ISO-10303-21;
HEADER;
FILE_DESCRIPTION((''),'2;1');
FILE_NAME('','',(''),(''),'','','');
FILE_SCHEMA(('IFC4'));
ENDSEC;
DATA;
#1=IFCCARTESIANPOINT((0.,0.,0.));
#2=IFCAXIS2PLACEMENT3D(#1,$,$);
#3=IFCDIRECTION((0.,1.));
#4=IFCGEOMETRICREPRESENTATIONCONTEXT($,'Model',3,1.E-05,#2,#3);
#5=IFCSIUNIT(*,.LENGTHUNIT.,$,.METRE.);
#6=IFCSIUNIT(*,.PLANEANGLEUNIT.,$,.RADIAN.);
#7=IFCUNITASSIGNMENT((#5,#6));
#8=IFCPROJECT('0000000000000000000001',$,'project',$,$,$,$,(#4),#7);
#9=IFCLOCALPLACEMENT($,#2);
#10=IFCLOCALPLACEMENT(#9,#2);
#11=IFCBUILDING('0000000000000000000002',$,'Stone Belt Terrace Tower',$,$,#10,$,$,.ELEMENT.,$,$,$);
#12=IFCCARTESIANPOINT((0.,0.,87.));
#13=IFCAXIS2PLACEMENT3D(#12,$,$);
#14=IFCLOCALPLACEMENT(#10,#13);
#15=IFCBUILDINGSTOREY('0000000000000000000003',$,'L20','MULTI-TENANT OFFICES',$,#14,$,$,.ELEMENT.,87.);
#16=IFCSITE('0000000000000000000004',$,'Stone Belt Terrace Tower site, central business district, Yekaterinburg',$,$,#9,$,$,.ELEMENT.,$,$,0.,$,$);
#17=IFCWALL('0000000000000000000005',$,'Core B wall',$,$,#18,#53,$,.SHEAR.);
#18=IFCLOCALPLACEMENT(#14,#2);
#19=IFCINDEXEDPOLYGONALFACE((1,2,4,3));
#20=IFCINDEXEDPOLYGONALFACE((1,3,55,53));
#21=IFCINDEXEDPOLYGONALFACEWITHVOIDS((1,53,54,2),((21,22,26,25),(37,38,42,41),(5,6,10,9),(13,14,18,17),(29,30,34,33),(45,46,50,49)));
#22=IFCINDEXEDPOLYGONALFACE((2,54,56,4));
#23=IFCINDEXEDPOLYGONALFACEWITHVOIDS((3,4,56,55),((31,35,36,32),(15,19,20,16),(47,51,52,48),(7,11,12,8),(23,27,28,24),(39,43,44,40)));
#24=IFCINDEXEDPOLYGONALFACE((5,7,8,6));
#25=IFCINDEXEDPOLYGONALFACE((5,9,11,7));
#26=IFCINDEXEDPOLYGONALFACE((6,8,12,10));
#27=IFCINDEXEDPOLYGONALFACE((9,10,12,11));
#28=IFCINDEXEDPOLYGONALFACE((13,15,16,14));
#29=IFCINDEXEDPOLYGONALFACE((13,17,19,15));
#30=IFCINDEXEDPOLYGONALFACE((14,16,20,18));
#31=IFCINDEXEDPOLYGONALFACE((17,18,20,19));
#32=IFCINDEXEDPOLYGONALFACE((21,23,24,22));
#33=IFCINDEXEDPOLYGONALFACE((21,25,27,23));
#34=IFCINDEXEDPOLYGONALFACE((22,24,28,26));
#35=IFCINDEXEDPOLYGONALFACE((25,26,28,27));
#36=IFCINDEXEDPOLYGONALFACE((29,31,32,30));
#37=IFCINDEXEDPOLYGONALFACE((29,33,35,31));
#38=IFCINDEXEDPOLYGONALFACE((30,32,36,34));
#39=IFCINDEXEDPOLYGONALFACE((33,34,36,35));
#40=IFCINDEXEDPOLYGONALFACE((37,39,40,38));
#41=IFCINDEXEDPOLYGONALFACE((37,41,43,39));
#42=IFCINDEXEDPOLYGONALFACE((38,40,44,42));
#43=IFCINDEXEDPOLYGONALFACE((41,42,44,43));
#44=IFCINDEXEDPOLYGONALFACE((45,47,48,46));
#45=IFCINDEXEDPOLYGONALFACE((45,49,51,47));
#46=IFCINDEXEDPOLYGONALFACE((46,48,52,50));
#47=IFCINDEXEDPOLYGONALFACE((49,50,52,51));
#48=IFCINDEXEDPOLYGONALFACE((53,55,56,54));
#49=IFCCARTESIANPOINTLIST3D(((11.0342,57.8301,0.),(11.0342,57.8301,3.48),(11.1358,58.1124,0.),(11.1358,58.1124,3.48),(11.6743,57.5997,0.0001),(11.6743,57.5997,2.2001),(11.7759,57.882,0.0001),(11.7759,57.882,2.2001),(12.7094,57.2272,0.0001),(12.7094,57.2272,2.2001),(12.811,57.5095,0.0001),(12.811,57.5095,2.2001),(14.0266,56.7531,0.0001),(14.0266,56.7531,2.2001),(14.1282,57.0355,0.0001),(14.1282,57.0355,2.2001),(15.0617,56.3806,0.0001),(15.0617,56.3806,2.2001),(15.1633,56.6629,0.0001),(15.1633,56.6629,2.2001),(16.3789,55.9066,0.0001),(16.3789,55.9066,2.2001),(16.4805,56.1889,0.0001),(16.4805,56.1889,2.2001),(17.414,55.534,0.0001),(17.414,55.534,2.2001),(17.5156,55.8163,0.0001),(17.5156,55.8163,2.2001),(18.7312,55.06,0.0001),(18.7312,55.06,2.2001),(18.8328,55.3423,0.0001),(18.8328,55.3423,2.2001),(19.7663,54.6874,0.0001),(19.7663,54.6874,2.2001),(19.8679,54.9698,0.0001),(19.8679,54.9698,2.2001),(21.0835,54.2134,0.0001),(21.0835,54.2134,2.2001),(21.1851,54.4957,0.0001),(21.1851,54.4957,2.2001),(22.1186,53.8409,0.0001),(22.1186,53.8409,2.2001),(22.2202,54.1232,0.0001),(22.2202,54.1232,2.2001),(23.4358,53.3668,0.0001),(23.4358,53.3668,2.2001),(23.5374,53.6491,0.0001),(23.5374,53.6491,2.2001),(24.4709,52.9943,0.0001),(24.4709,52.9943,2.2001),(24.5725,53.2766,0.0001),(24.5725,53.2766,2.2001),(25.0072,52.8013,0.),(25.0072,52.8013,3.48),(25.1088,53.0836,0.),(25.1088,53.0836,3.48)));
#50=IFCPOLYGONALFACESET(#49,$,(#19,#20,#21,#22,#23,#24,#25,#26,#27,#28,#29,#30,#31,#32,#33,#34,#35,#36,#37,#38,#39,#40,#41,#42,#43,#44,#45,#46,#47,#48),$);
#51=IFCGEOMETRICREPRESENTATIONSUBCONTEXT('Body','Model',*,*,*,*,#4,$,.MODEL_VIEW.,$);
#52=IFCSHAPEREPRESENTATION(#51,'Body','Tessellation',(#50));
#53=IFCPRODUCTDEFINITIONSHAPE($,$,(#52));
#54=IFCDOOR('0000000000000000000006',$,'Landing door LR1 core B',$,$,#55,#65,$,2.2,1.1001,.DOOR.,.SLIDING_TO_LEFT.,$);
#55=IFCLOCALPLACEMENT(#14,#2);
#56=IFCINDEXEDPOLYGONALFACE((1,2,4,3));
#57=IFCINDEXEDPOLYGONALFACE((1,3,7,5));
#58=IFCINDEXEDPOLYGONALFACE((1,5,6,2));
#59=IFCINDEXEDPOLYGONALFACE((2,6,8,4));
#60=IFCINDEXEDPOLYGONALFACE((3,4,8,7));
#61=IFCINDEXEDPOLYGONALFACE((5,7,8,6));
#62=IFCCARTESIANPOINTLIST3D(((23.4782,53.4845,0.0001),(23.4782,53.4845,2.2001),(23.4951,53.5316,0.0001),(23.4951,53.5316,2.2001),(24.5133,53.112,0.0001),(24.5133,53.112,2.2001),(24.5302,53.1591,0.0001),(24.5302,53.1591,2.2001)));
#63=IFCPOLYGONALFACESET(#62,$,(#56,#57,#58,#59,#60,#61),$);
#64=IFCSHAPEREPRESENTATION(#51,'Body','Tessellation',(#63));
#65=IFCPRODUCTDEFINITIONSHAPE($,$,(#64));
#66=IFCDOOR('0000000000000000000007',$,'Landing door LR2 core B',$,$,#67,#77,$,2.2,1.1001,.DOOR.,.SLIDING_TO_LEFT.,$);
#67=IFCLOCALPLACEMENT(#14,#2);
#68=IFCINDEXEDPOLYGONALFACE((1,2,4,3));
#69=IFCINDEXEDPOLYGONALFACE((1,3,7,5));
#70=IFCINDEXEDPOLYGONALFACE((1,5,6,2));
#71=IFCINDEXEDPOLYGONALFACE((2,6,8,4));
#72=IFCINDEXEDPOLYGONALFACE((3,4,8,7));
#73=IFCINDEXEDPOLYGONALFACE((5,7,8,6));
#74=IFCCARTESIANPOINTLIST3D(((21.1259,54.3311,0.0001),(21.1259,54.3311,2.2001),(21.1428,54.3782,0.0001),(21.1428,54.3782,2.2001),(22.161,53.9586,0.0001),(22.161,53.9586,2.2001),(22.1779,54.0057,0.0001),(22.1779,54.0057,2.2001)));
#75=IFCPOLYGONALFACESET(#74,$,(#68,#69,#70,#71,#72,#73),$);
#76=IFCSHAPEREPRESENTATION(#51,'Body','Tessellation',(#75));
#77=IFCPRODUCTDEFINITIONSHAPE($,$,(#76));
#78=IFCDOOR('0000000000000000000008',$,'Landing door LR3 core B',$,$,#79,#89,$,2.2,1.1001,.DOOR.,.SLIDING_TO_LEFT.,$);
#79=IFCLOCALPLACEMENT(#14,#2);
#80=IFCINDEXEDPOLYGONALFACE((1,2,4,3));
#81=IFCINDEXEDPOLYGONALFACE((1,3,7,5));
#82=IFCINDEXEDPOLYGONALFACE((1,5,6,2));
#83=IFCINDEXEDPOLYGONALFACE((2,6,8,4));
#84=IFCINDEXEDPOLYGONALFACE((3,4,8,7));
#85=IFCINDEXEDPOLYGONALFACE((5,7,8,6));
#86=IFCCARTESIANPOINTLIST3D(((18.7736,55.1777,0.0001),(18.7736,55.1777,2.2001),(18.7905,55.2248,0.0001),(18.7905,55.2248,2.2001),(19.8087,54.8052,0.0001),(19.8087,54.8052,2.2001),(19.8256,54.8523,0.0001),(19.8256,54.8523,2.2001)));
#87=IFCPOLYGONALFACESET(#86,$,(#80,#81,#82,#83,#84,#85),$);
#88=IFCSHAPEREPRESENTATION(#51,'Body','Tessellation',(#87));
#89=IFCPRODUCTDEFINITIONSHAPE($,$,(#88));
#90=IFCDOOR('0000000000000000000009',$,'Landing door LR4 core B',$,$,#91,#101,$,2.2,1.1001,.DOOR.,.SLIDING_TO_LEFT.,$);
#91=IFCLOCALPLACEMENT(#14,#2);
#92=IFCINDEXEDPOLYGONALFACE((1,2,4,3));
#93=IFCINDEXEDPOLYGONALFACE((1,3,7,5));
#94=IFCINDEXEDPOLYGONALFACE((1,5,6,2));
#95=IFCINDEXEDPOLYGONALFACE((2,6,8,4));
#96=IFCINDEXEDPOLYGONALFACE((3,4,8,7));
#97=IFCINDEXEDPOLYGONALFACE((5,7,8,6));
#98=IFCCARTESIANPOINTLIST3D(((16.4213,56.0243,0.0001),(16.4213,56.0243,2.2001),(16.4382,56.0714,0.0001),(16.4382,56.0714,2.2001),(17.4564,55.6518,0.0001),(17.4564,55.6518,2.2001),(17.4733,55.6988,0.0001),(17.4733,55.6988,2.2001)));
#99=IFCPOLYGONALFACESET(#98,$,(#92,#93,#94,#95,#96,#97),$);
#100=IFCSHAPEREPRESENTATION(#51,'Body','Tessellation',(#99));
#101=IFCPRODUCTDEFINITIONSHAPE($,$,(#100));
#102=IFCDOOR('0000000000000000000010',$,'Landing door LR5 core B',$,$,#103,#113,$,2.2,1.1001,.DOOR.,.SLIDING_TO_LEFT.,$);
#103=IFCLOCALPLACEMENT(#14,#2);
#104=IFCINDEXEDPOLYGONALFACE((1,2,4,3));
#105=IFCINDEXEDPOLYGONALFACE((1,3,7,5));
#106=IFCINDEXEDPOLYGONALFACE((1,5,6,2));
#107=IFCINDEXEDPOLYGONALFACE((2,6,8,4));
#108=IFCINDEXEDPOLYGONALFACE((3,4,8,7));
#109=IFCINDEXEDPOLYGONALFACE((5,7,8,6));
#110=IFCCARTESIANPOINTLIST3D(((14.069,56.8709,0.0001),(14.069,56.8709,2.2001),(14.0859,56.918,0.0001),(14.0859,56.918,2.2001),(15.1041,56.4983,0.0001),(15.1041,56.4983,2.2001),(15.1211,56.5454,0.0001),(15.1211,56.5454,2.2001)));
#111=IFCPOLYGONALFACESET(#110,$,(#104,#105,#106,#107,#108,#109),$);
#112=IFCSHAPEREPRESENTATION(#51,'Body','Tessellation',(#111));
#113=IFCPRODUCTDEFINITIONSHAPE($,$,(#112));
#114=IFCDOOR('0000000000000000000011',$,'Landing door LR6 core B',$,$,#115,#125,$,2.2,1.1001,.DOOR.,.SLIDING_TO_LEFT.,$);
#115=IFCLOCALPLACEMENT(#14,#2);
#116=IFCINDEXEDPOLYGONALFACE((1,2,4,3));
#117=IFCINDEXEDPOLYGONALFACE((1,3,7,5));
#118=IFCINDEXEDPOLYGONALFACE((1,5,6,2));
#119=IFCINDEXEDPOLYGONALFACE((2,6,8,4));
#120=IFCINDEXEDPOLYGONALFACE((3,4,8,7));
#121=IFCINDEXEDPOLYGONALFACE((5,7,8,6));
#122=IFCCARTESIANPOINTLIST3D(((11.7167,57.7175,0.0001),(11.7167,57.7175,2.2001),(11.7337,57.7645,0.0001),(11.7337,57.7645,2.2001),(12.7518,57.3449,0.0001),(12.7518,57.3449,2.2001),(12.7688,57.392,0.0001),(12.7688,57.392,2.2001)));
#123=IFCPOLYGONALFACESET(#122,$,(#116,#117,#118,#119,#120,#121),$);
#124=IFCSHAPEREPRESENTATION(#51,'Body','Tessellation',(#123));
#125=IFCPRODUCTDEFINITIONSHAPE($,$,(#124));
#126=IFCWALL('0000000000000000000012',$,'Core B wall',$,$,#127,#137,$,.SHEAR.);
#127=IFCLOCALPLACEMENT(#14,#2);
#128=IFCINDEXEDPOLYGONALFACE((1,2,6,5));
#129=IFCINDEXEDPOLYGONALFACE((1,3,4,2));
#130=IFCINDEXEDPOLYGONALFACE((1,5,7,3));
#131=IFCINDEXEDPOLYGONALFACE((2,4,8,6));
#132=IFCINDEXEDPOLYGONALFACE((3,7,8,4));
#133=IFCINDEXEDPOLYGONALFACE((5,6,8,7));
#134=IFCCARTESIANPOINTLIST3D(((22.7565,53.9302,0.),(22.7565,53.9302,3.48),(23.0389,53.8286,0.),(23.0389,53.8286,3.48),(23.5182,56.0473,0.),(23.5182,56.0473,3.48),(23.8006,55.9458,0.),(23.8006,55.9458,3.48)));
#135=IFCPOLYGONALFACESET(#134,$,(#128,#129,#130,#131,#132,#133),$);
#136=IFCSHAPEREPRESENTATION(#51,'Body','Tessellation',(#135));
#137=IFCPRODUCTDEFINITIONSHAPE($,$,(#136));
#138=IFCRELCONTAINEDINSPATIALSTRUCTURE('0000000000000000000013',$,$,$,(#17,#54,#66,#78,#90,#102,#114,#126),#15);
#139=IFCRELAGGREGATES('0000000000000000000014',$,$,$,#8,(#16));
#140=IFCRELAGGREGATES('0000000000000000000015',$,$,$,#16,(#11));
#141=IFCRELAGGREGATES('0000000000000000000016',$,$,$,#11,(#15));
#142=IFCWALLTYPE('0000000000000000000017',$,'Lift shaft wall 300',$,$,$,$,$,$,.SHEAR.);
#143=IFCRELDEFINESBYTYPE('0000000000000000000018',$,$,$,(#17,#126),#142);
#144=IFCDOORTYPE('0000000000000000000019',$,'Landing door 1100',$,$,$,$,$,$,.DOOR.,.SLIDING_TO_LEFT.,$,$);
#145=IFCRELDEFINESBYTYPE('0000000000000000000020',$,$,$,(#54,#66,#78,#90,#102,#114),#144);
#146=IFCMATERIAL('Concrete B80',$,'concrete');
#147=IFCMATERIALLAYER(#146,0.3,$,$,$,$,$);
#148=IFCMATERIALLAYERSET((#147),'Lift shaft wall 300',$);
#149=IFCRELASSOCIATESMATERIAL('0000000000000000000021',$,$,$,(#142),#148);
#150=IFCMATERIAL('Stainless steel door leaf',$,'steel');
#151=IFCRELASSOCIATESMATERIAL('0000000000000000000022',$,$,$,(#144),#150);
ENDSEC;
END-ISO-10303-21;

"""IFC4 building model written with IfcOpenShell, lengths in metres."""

from ifc_helpers import new_model, si_unit, direction, frame, frame_2d, origin, place, context, subcontext, project, spatial, rectangle, extrude, material, layer, layer_set, type_object, element, fill, save


model = new_model("IFC4")

# Units and contexts
model_context = context("Model", 3, precision=1e-05, world=origin(), true_north=direction((0.0, 1.0)))
body_context = subcontext(model_context, "Body", "Model", "MODEL_VIEW")
ifc_project = project(units=[si_unit("LENGTHUNIT", "METRE"), si_unit("PLANEANGLEUNIT", "RADIAN")], contexts=[model_context])

# Site, building, storey
site_placement = place(None, origin())
site = spatial("IfcSite", under=ifc_project, at=site_placement, Name="Stone Belt Terrace Tower site, central business district, Yekaterinburg", CompositionType="ELEMENT", RefElevation=0.0)
building_placement = place(site_placement, origin())
building = spatial("IfcBuilding", under=site, at=building_placement, Name="Stone Belt Terrace Tower", CompositionType="ELEMENT")
storey_placement = place(building_placement, frame((0.0, 0.0, 87.0)))
storey = spatial("IfcBuildingStorey", under=building, at=storey_placement, Name="L20", Description="MULTI-TENANT OFFICES", CompositionType="ELEMENT", Elevation=87.0)

# Shared definitions
ifc_material_1 = material(Name="Concrete B80", Category="concrete")

# Shared definitions
ifc_layer_1 = layer(ifc_material_1, 0.3)
ifc_layer_set_1 = layer_set([ifc_layer_1], Name="Lift shaft wall 300")
wall_type_1 = type_object("IfcWallType", Name="Lift shaft wall 300", PredefinedType="SHEAR", material=ifc_layer_set_1)
ifc_material_2 = material(Name="Stainless steel door leaf", Category="steel")

# Wall, openings, doors
wall_1_placement = place(storey_placement, frame((25.0581, 52.9424, 0.0), z_axis=(0.0, 0.0, 1.0), x_axis=(-0.940918, 0.338634, 0.0)))
wall_1 = element("IfcWall", 1, at=wall_1_placement, inside=storey, type_object=wall_type_1, Name="Core B wall", PredefinedType="SHEAR", context=body_context, shape_type="SweptSolid", body=[
    extrude(rectangle(XDim=14.8503, YDim=0.3, at=frame_2d((7.4253, 0.0))), origin(), (0.0, 0.0, 1.0), 3.48),
])
opening_1_placement = place(wall_1_placement, frame((0.5701, 0.0, 0.0)))
opening_1 = element("IfcOpeningElement", 2, at=opening_1_placement, cuts=wall_1, PredefinedType="OPENING", context=body_context, shape_type="SweptSolid", body=[
    extrude(rectangle(XDim=1.1001, YDim=2.2, at=frame_2d((0.55, 1.1001))), frame((0.0, 0.1599, 0.0), z_axis=(0.0, -1.0, 0.0), x_axis=(1.0, 0.0, 0.0)), (0.0, 0.0, 1.0), 0.3201),
])
opening_2_placement = place(wall_1_placement, frame((3.0701, 0.0, 0.0)))
opening_2 = element("IfcOpeningElement", 3, at=opening_2_placement, cuts=wall_1, PredefinedType="OPENING", context=body_context, shape_type="SweptSolid", body=[
    extrude(rectangle(XDim=1.1001, YDim=2.2, at=frame_2d((0.55, 1.1001))), frame((0.0, 0.1599, 0.0), z_axis=(0.0, -1.0, 0.0), x_axis=(1.0, 0.0, 0.0)), (0.0, 0.0, 1.0), 0.3201),
])
opening_3_placement = place(wall_1_placement, frame((5.5701, 0.0, 0.0)))
opening_3 = element("IfcOpeningElement", 4, at=opening_3_placement, cuts=wall_1, PredefinedType="OPENING", context=body_context, shape_type="SweptSolid", body=[
    extrude(rectangle(XDim=1.1001, YDim=2.2, at=frame_2d((0.55, 1.1001))), frame((0.0, 0.1599, 0.0), z_axis=(0.0, -1.0, 0.0), x_axis=(1.0, 0.0, 0.0)), (0.0, 0.0, 1.0), 0.3201),
])
opening_4_placement = place(wall_1_placement, frame((8.0701, 0.0, 0.0)))
opening_4 = element("IfcOpeningElement", 5, at=opening_4_placement, cuts=wall_1, PredefinedType="OPENING", context=body_context, shape_type="SweptSolid", body=[
    extrude(rectangle(XDim=1.1001, YDim=2.2, at=frame_2d((0.55, 1.1001))), frame((0.0, 0.1599, 0.0), z_axis=(0.0, -1.0, 0.0), x_axis=(1.0, 0.0, 0.0)), (0.0, 0.0, 1.0), 0.3201),
])
opening_5_placement = place(wall_1_placement, frame((10.5701, 0.0, 0.0)))
opening_5 = element("IfcOpeningElement", 6, at=opening_5_placement, cuts=wall_1, PredefinedType="OPENING", context=body_context, shape_type="SweptSolid", body=[
    extrude(rectangle(XDim=1.1001, YDim=2.2, at=frame_2d((0.55, 1.1001))), frame((0.0, 0.1599, 0.0), z_axis=(0.0, -1.0, 0.0), x_axis=(1.0, 0.0, 0.0)), (0.0, 0.0, 1.0), 0.3201),
])
opening_6_placement = place(wall_1_placement, frame((13.0701, 0.0, 0.0)))
opening_6 = element("IfcOpeningElement", 7, at=opening_6_placement, cuts=wall_1, PredefinedType="OPENING", context=body_context, shape_type="SweptSolid", body=[
    extrude(rectangle(XDim=1.1001, YDim=2.2, at=frame_2d((0.55, 1.1001))), frame((0.0, 0.1599, 0.0), z_axis=(0.0, -1.0, 0.0), x_axis=(1.0, 0.0, 0.0)), (0.0, 0.0, 1.0), 0.3201),
])
door_type_1 = type_object("IfcDoorType", Name="Landing door 1100", OperationType="SLIDING_TO_LEFT", PredefinedType="DOOR", material=ifc_material_2)
door_1_placement = place(opening_1_placement, origin())
door_1 = element("IfcDoor", 8, at=door_1_placement, inside=storey, type_object=door_type_1, Name="Landing door LR1 core B", OperationType="SLIDING_TO_LEFT", OverallHeight=2.2, OverallWidth=1.1001, PredefinedType="DOOR", context=body_context, shape_type="SweptSolid", body=[
    extrude(rectangle(XDim=1.1001, YDim=2.2, at=frame_2d((0.55, 1.1001))), frame((0.0, 0.0249, 0.0), z_axis=(0.0, -1.0, 0.0), x_axis=(1.0, 0.0, 0.0)), (0.0, 0.0, 1.0), 0.05),
])
fill(opening_1, door_1)
door_2_placement = place(opening_2_placement, origin())
door_2 = element("IfcDoor", 9, at=door_2_placement, inside=storey, type_object=door_type_1, Name="Landing door LR2 core B", OperationType="SLIDING_TO_LEFT", OverallHeight=2.2, OverallWidth=1.1001, PredefinedType="DOOR", context=body_context, shape_type="SweptSolid", body=[
    extrude(rectangle(XDim=1.1001, YDim=2.2, at=frame_2d((0.55, 1.1001))), frame((0.0, 0.0249, 0.0), z_axis=(0.0, -1.0, 0.0), x_axis=(1.0, 0.0, 0.0)), (0.0, 0.0, 1.0), 0.05),
])
fill(opening_2, door_2)
door_3_placement = place(opening_3_placement, origin())
door_3 = element("IfcDoor", 10, at=door_3_placement, inside=storey, type_object=door_type_1, Name="Landing door LR3 core B", OperationType="SLIDING_TO_LEFT", OverallHeight=2.2, OverallWidth=1.1001, PredefinedType="DOOR", context=body_context, shape_type="SweptSolid", body=[
    extrude(rectangle(XDim=1.1001, YDim=2.2, at=frame_2d((0.55, 1.1001))), frame((0.0, 0.0249, 0.0), z_axis=(0.0, -1.0, 0.0), x_axis=(1.0, 0.0, 0.0)), (0.0, 0.0, 1.0), 0.05),
])
fill(opening_3, door_3)
door_4_placement = place(opening_4_placement, origin())
door_4 = element("IfcDoor", 11, at=door_4_placement, inside=storey, type_object=door_type_1, Name="Landing door LR4 core B", OperationType="SLIDING_TO_LEFT", OverallHeight=2.2, OverallWidth=1.1001, PredefinedType="DOOR", context=body_context, shape_type="SweptSolid", body=[
    extrude(rectangle(XDim=1.1001, YDim=2.2, at=frame_2d((0.55, 1.1001))), frame((0.0, 0.0249, 0.0), z_axis=(0.0, -1.0, 0.0), x_axis=(1.0, 0.0, 0.0)), (0.0, 0.0, 1.0), 0.05),
])
fill(opening_4, door_4)
door_5_placement = place(opening_5_placement, origin())
door_5 = element("IfcDoor", 12, at=door_5_placement, inside=storey, type_object=door_type_1, Name="Landing door LR5 core B", OperationType="SLIDING_TO_LEFT", OverallHeight=2.2, OverallWidth=1.1001, PredefinedType="DOOR", context=body_context, shape_type="SweptSolid", body=[
    extrude(rectangle(XDim=1.1001, YDim=2.2, at=frame_2d((0.55, 1.1001))), frame((0.0, 0.0249, 0.0), z_axis=(0.0, -1.0, 0.0), x_axis=(1.0, 0.0, 0.0)), (0.0, 0.0, 1.0), 0.05),
])
fill(opening_5, door_5)
door_6_placement = place(opening_6_placement, origin())
door_6 = element("IfcDoor", 13, at=door_6_placement, inside=storey, type_object=door_type_1, Name="Landing door LR6 core B", OperationType="SLIDING_TO_LEFT", OverallHeight=2.2, OverallWidth=1.1001, PredefinedType="DOOR", context=body_context, shape_type="SweptSolid", body=[
    extrude(rectangle(XDim=1.1001, YDim=2.2, at=frame_2d((0.55, 1.1001))), frame((0.0, 0.0249, 0.0), z_axis=(0.0, -1.0, 0.0), x_axis=(1.0, 0.0, 0.0)), (0.0, 0.0, 1.0), 0.05),
])
fill(opening_6, door_6)

# Wall
wall_2_placement = place(storey_placement, frame((22.8977, 53.8794, 0.0), z_axis=(0.0, 0.0, 1.0), x_axis=(0.338535, 0.940954, 0.0)))
element("IfcWall", 14, at=wall_2_placement, inside=storey, type_object=wall_type_1, Name="Core B wall", PredefinedType="SHEAR", context=body_context, shape_type="SweptSolid", body=[
    extrude(rectangle(XDim=2.25, YDim=0.3, at=frame_2d((1.125, 0.0))), origin(), (0.0, 0.0, 1.0), 3.48),
])

save(model, "model.ifc")
